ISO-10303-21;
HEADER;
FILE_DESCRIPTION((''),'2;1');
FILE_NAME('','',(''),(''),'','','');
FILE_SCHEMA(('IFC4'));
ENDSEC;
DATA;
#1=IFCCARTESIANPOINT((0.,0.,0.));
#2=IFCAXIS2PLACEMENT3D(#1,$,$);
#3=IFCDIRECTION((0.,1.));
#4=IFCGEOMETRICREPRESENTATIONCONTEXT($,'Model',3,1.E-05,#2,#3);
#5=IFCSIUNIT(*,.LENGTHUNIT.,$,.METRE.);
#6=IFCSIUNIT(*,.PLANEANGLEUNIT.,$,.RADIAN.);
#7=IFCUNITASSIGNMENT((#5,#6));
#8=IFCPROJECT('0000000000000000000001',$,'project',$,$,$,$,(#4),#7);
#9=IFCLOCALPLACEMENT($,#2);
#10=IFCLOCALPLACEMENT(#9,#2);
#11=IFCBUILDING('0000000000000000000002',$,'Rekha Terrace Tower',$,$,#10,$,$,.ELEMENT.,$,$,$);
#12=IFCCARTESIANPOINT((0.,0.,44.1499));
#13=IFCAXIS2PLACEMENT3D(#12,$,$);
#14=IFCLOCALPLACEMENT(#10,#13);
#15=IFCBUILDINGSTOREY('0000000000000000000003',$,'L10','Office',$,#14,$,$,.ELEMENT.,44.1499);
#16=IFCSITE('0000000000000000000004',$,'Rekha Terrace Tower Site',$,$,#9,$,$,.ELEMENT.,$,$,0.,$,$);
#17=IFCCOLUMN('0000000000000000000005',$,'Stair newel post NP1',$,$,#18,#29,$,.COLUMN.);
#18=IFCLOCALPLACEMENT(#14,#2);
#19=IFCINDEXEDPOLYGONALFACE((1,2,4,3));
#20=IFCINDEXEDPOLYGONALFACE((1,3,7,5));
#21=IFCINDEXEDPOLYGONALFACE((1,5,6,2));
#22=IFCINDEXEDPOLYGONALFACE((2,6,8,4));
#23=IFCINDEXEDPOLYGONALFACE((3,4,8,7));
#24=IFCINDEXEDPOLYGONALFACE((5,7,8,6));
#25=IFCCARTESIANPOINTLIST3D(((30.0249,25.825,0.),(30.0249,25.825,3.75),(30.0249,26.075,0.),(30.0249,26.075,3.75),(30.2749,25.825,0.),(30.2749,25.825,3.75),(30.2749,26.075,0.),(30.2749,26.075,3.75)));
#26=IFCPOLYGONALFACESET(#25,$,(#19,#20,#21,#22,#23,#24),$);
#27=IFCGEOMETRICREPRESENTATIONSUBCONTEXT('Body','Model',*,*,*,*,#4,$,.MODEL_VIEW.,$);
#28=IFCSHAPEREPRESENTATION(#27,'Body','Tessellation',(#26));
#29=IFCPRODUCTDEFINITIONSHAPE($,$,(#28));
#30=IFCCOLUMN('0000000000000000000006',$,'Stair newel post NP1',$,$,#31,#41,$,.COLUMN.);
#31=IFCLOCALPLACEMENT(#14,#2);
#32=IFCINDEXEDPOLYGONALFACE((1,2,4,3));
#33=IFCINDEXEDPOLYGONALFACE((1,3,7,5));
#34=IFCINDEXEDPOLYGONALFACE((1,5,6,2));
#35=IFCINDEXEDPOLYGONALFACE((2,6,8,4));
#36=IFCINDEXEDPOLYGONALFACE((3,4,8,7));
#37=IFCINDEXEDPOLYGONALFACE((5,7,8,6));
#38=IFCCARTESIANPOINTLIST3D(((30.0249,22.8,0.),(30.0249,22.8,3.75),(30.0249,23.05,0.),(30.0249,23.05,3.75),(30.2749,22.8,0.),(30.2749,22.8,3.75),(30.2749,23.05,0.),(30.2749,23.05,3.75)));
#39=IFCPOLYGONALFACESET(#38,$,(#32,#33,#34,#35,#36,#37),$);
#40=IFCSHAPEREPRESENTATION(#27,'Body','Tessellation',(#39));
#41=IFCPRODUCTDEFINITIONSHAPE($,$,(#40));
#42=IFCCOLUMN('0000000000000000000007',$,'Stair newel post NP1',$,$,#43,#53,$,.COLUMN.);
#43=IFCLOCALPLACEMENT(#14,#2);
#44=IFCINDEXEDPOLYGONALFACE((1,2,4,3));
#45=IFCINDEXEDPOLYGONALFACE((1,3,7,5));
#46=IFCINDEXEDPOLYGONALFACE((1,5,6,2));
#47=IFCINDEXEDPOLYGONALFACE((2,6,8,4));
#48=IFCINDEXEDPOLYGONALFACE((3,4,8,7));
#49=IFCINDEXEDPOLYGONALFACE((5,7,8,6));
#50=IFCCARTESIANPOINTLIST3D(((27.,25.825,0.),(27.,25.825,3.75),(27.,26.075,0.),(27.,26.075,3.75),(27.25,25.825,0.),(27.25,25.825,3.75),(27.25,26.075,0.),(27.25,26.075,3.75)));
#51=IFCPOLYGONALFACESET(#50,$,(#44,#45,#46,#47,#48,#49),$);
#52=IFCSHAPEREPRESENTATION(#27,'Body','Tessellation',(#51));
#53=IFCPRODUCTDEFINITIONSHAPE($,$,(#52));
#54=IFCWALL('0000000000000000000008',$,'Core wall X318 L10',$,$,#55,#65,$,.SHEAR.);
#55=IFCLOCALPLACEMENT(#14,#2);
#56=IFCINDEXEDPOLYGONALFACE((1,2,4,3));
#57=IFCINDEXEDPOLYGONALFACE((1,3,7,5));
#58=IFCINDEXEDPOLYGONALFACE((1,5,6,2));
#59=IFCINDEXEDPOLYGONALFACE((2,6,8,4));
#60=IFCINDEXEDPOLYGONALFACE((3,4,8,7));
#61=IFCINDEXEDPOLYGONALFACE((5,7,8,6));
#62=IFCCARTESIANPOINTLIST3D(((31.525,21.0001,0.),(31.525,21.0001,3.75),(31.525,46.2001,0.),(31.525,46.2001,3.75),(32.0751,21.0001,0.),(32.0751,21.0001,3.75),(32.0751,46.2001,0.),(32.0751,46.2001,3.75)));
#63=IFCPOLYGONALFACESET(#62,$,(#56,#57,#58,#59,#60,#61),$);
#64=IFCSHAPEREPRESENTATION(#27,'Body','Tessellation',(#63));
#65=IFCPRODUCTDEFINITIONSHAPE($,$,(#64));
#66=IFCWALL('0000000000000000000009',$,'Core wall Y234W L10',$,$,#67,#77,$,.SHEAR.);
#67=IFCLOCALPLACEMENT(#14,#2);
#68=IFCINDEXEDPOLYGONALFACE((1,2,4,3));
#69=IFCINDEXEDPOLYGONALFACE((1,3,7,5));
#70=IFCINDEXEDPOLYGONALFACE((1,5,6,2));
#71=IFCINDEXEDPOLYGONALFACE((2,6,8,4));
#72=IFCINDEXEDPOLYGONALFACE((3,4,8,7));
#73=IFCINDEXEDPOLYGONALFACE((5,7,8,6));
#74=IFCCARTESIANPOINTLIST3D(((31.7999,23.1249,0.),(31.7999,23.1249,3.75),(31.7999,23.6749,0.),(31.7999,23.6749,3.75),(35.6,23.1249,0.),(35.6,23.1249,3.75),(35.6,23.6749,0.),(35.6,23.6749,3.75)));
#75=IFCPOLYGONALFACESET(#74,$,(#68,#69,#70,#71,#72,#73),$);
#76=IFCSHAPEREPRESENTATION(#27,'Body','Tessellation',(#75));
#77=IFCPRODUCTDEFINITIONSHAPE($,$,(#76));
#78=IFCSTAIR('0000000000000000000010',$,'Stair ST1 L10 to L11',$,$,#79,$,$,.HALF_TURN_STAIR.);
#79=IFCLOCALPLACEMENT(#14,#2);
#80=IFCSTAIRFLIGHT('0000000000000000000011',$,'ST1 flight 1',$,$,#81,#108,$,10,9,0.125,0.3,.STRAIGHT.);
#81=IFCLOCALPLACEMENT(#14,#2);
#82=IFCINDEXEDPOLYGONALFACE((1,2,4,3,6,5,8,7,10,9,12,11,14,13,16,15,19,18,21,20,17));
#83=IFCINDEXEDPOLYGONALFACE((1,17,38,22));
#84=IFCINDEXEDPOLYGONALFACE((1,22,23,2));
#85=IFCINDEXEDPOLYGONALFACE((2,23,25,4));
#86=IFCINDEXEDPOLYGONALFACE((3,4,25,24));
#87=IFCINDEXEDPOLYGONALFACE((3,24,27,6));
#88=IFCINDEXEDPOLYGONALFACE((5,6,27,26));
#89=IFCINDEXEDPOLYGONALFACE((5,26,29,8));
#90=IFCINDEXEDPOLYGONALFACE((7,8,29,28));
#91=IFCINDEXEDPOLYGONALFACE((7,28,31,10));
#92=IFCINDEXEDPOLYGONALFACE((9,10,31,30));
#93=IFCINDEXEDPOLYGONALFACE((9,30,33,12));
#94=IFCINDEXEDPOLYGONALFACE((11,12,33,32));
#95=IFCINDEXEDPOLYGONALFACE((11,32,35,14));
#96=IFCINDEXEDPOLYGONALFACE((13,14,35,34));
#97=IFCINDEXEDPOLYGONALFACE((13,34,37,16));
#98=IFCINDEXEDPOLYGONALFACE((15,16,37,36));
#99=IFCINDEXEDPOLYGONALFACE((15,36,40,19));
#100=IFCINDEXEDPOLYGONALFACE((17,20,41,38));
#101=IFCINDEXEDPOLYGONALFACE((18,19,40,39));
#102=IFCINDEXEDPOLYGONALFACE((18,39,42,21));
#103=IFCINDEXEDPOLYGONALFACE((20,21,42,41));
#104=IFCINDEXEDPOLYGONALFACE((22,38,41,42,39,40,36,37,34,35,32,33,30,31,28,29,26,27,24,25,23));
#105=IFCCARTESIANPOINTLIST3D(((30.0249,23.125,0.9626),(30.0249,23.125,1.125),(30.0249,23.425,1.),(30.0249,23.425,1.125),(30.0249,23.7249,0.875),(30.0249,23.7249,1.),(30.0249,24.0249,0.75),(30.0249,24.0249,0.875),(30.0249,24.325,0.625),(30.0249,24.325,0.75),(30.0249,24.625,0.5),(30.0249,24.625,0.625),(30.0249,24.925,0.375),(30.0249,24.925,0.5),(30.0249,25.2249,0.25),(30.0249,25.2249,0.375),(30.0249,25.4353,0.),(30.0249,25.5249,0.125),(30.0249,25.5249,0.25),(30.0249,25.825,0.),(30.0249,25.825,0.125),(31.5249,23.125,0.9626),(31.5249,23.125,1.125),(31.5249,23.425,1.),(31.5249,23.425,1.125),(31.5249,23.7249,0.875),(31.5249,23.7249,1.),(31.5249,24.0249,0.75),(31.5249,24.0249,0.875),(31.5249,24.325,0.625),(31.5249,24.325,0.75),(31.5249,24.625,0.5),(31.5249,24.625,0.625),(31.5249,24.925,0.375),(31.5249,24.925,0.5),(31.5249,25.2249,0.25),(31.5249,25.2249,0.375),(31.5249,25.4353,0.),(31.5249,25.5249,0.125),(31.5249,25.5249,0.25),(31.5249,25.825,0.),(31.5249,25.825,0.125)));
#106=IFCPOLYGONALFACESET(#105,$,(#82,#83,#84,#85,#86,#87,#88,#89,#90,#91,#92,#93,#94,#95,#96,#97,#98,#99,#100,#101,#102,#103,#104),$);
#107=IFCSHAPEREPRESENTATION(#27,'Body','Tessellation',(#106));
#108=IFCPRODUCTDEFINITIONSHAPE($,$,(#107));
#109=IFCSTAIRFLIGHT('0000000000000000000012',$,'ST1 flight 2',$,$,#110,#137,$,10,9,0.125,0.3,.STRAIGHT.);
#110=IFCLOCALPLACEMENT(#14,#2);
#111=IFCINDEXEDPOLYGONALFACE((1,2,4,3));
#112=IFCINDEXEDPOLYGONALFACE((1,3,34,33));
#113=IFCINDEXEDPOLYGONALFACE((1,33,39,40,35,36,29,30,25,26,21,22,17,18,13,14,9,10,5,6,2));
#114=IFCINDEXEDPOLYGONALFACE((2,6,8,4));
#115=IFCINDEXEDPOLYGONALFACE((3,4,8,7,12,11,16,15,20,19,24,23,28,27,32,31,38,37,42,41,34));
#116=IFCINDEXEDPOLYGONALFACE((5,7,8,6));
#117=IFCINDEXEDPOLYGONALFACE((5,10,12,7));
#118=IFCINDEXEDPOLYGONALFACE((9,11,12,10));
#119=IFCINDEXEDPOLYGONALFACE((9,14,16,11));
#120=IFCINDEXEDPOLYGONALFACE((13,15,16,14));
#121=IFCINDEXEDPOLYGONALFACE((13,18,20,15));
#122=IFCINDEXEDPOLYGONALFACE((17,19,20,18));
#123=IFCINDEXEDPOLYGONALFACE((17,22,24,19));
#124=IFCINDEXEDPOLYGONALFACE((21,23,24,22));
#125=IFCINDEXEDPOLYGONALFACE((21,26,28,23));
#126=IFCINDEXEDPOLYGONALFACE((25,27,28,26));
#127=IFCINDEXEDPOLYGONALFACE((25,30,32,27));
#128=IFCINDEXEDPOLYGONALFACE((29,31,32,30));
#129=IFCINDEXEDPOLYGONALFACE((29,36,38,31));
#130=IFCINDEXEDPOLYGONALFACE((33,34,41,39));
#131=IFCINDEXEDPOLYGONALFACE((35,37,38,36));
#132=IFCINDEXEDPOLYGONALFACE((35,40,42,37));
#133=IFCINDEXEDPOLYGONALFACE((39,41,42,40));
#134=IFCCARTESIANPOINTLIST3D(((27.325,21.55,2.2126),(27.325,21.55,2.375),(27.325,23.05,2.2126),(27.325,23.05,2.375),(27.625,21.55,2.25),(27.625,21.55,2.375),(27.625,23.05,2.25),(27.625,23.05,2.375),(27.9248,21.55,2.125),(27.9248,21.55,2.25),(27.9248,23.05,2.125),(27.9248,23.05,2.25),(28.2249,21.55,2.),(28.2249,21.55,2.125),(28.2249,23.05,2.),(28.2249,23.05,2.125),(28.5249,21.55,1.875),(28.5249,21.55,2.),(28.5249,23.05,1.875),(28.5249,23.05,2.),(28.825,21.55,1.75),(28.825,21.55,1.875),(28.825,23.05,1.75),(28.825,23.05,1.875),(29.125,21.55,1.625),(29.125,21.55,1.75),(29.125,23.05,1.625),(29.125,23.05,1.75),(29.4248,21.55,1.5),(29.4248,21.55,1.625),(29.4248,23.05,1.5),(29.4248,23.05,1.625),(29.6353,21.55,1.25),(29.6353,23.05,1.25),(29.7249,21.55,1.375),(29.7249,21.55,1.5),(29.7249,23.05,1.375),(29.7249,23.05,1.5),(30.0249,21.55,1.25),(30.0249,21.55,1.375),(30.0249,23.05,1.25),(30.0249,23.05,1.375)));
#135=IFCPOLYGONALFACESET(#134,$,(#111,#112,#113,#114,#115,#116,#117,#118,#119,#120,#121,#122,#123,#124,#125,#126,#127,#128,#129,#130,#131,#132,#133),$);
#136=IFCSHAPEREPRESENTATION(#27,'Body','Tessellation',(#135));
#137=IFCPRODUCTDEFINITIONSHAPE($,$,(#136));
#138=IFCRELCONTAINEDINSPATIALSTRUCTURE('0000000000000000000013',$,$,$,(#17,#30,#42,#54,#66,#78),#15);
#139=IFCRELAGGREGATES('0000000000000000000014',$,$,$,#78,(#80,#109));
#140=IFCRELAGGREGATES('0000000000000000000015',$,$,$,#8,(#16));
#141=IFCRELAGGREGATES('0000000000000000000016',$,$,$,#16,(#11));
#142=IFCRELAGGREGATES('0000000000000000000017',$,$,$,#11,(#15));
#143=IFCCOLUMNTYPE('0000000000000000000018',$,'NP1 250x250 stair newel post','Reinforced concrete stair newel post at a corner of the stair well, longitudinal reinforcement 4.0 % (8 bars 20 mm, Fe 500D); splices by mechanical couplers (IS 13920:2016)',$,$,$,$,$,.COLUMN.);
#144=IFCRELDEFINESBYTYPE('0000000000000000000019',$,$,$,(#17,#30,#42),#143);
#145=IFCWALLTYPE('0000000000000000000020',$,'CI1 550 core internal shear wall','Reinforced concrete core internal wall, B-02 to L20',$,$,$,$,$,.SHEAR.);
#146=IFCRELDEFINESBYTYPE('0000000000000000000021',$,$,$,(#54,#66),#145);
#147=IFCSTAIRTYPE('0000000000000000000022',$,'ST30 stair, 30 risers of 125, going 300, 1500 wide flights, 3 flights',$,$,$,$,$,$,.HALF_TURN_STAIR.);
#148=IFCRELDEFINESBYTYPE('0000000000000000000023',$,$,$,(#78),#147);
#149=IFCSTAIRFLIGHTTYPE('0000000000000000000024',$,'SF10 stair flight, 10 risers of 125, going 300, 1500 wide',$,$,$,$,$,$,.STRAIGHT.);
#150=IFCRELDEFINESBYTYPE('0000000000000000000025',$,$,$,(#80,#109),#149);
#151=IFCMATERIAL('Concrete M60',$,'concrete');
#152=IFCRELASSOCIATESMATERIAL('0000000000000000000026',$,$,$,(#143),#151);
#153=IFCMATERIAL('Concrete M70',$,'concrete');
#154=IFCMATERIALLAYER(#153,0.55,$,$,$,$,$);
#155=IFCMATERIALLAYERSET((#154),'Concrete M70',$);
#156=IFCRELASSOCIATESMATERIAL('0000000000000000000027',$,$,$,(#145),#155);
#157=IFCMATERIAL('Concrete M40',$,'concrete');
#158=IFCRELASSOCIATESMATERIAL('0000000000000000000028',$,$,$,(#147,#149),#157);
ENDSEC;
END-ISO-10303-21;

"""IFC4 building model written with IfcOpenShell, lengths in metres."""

from ifc_helpers import new_model, si_unit, direction, frame, frame_2d, origin, origin_2d, place, context, subcontext, project, spatial, polyline, rectangle, outline, extrude, material, layer, layer_set, material_profile, profile_set, type_object, element, aggregate, save


model = new_model("IFC4")

# Units and contexts
model_context = context("Model", 3, precision=1e-05, world=origin(), true_north=direction((0.0, 1.0)))
body_context = subcontext(model_context, "Body", "Model", "MODEL_VIEW")
ifc_project = project(units=[si_unit("LENGTHUNIT", "METRE"), si_unit("PLANEANGLEUNIT", "RADIAN")], contexts=[model_context])

# Site, building, storey
site_placement = place(None, origin())
site = spatial("IfcSite", under=ifc_project, at=site_placement, Name="Rekha Terrace Tower Site", CompositionType="ELEMENT", RefElevation=0.0)
building_placement = place(site_placement, origin())
building = spatial("IfcBuilding", under=site, at=building_placement, Name="Rekha Terrace Tower", CompositionType="ELEMENT")
storey_placement = place(building_placement, frame((0.0, 0.0, 44.1499)))
storey = spatial("IfcBuildingStorey", under=building, at=storey_placement, Name="L10", Description="Office", CompositionType="ELEMENT", Elevation=44.1499)

# Columns
ifc_material_1 = material(Name="Concrete M60", Category="concrete")
ifc_material_profile = material_profile(ifc_material_1, rectangle(XDim=0.25, YDim=0.25, at=origin_2d()), Name="RC 250x250")
ifc_profile_set = profile_set([ifc_material_profile], Name="Concrete M60")
column_type = type_object("IfcColumnType", Name="NP1 250x250 stair newel post", Description="Reinforced concrete stair newel post at a corner of the stair well, longitudinal reinforcement 4.0 % (8 bars 20 mm, Fe 500D); splices by mechanical couplers (IS 13920:2016)", PredefinedType="COLUMN", material=ifc_profile_set)
for number, where, z_axis, x_axis, name in (
    (1, (30.1499, 25.95, 0.0), (0.0, 0.0, 1.0), (1.0, 0.0, 0.0), "Stair newel post NP1"),
    (2, (30.1499, 22.925, 0.0), (0.0, 0.0, 1.0), (1.0, 0.0, 0.0), "Stair newel post NP1"),
    (3, (27.125, 25.95, 0.0), (0.0, 0.0, 1.0), (1.0, 0.0, 0.0), "Stair newel post NP1"),
):
    element("IfcColumn", number, at=place(storey_placement, frame(where, z_axis=z_axis, x_axis=x_axis)), inside=storey, type_object=column_type, Name=name, PredefinedType="COLUMN", context=body_context, shape_type="SweptSolid", body=[
        extrude(rectangle(XDim=0.25, YDim=0.25, at=origin_2d()), origin(), (0.0, 0.0, 1.0), 3.75),
    ])

# Walls
ifc_material_2 = material(Name="Concrete M70", Category="concrete")
ifc_layer = layer(ifc_material_2, 0.55)
ifc_layer_set = layer_set([ifc_layer], Name="Concrete M70")
wall_type = type_object("IfcWallType", Name="CI1 550 core internal shear wall", Description="Reinforced concrete core internal wall, B-02 to L20", PredefinedType="SHEAR", material=ifc_layer_set)
wall_1_placement = place(storey_placement, frame((31.8, 21.0, 0.0), z_axis=(0.0, 0.0, 1.0), x_axis=(0.0, 1.0, 0.0)))
element("IfcWall", 4, at=wall_1_placement, inside=storey, type_object=wall_type, Name="Core wall X318 L10", PredefinedType="SHEAR", context=body_context, shape_type="SweptSolid", body=[
    extrude(rectangle(XDim=25.2, YDim=0.55, at=frame_2d((12.6001, 0.0))), origin(), (0.0, 0.0, 1.0), 3.75),
])
wall_2_placement = place(storey_placement, frame((31.8, 23.3999, 0.0), z_axis=(0.0, 0.0, 1.0), x_axis=(1.0, 0.0, 0.0)))
element("IfcWall", 5, at=wall_2_placement, inside=storey, type_object=wall_type, Name="Core wall Y234W L10", PredefinedType="SHEAR", context=body_context, shape_type="SweptSolid", body=[
    extrude(rectangle(XDim=3.8, YDim=0.55, at=frame_2d((1.8999, 0.0))), origin(), (0.0, 0.0, 1.0), 3.75),
])

# Stair, stair flights
ifc_material_3 = material(Name="Concrete M40", Category="concrete")
stair_type = type_object("IfcStairType", Name="ST30 stair, 30 risers of 125, going 300, 1500 wide flights, 3 flights", PredefinedType="HALF_TURN_STAIR", material=ifc_material_3)
stair_placement = place(storey_placement, origin())
stair = element("IfcStair", 6, at=stair_placement, inside=storey, type_object=stair_type, Name="Stair ST1 L10 to L11", PredefinedType="HALF_TURN_STAIR")
stair_flight_type = type_object("IfcStairFlightType", Name="SF10 stair flight, 10 risers of 125, going 300, 1500 wide", PredefinedType="STRAIGHT", material=ifc_material_3)
stair_flight_1_placement = place(storey_placement, frame((30.7749, 25.825, 0.0), z_axis=(0.0, 0.0, 1.0), x_axis=(0.0, -1.0, 0.0)))
stair_flight_1 = element("IfcStairFlight", 7, at=stair_flight_1_placement, type_object=stair_flight_type, Name="ST1 flight 1", NumberOfRisers=10, NumberOfTreads=9, PredefinedType="STRAIGHT", RiserHeight=0.125, TreadLength=0.3, context=body_context, shape_type="SweptSolid", body=[
    extrude(outline(polyline([(0.0, 0.0), (0.0, 0.125), (0.3, 0.125), (0.3, 0.25), (0.6001, 0.25), (0.6001, 0.375), (0.8999, 0.375), (0.8999, 0.5), (1.2, 0.5), (1.2, 0.625), (1.5, 0.625), (1.5, 0.75), (1.8, 0.75), (1.8, 0.875), (2.1001, 0.875), (2.1001, 1.0), (2.3999, 1.0), (2.3999, 1.125), (2.7, 1.125), (2.7, 1.25), (2.7, 0.9626), (0.3896, 0.0), (0.0, 0.0)])), frame((0.0, 0.75, 0.0), z_axis=(0.0, -1.0, 0.0), x_axis=(1.0, 0.0, 0.0)), (0.0, 0.0, 1.0), 1.5),
])
stair_flight_2_placement = place(storey_placement, frame((30.0249, 22.3, 1.25), z_axis=(0.0, 0.0, 1.0), x_axis=(-1.0, 0.0, 0.0)))
stair_flight_2 = element("IfcStairFlight", 8, at=stair_flight_2_placement, type_object=stair_flight_type, Name="ST1 flight 2", NumberOfRisers=10, NumberOfTreads=9, PredefinedType="STRAIGHT", RiserHeight=0.125, TreadLength=0.3, context=body_context, shape_type="SweptSolid", body=[
    extrude(outline(polyline([(0.0, 0.0), (0.0, 0.125), (0.3, 0.125), (0.3, 0.25), (0.6001, 0.25), (0.6001, 0.375), (0.8999, 0.375), (0.8999, 0.5), (1.2, 0.5), (1.2, 0.625), (1.5, 0.625), (1.5, 0.75), (1.8, 0.75), (1.8, 0.875), (2.1001, 0.875), (2.1001, 1.0), (2.3999, 1.0), (2.3999, 1.125), (2.7, 1.125), (2.7, 1.25), (2.7, 0.9626), (0.3896, 0.0), (0.0, 0.0)])), frame((0.0, 0.75, 0.0), z_axis=(0.0, -1.0, 0.0), x_axis=(1.0, 0.0, 0.0)), (0.0, 0.0, 1.0), 1.5),
])
aggregate(stair, [stair_flight_1, stair_flight_2])

save(model, "model.ifc")
